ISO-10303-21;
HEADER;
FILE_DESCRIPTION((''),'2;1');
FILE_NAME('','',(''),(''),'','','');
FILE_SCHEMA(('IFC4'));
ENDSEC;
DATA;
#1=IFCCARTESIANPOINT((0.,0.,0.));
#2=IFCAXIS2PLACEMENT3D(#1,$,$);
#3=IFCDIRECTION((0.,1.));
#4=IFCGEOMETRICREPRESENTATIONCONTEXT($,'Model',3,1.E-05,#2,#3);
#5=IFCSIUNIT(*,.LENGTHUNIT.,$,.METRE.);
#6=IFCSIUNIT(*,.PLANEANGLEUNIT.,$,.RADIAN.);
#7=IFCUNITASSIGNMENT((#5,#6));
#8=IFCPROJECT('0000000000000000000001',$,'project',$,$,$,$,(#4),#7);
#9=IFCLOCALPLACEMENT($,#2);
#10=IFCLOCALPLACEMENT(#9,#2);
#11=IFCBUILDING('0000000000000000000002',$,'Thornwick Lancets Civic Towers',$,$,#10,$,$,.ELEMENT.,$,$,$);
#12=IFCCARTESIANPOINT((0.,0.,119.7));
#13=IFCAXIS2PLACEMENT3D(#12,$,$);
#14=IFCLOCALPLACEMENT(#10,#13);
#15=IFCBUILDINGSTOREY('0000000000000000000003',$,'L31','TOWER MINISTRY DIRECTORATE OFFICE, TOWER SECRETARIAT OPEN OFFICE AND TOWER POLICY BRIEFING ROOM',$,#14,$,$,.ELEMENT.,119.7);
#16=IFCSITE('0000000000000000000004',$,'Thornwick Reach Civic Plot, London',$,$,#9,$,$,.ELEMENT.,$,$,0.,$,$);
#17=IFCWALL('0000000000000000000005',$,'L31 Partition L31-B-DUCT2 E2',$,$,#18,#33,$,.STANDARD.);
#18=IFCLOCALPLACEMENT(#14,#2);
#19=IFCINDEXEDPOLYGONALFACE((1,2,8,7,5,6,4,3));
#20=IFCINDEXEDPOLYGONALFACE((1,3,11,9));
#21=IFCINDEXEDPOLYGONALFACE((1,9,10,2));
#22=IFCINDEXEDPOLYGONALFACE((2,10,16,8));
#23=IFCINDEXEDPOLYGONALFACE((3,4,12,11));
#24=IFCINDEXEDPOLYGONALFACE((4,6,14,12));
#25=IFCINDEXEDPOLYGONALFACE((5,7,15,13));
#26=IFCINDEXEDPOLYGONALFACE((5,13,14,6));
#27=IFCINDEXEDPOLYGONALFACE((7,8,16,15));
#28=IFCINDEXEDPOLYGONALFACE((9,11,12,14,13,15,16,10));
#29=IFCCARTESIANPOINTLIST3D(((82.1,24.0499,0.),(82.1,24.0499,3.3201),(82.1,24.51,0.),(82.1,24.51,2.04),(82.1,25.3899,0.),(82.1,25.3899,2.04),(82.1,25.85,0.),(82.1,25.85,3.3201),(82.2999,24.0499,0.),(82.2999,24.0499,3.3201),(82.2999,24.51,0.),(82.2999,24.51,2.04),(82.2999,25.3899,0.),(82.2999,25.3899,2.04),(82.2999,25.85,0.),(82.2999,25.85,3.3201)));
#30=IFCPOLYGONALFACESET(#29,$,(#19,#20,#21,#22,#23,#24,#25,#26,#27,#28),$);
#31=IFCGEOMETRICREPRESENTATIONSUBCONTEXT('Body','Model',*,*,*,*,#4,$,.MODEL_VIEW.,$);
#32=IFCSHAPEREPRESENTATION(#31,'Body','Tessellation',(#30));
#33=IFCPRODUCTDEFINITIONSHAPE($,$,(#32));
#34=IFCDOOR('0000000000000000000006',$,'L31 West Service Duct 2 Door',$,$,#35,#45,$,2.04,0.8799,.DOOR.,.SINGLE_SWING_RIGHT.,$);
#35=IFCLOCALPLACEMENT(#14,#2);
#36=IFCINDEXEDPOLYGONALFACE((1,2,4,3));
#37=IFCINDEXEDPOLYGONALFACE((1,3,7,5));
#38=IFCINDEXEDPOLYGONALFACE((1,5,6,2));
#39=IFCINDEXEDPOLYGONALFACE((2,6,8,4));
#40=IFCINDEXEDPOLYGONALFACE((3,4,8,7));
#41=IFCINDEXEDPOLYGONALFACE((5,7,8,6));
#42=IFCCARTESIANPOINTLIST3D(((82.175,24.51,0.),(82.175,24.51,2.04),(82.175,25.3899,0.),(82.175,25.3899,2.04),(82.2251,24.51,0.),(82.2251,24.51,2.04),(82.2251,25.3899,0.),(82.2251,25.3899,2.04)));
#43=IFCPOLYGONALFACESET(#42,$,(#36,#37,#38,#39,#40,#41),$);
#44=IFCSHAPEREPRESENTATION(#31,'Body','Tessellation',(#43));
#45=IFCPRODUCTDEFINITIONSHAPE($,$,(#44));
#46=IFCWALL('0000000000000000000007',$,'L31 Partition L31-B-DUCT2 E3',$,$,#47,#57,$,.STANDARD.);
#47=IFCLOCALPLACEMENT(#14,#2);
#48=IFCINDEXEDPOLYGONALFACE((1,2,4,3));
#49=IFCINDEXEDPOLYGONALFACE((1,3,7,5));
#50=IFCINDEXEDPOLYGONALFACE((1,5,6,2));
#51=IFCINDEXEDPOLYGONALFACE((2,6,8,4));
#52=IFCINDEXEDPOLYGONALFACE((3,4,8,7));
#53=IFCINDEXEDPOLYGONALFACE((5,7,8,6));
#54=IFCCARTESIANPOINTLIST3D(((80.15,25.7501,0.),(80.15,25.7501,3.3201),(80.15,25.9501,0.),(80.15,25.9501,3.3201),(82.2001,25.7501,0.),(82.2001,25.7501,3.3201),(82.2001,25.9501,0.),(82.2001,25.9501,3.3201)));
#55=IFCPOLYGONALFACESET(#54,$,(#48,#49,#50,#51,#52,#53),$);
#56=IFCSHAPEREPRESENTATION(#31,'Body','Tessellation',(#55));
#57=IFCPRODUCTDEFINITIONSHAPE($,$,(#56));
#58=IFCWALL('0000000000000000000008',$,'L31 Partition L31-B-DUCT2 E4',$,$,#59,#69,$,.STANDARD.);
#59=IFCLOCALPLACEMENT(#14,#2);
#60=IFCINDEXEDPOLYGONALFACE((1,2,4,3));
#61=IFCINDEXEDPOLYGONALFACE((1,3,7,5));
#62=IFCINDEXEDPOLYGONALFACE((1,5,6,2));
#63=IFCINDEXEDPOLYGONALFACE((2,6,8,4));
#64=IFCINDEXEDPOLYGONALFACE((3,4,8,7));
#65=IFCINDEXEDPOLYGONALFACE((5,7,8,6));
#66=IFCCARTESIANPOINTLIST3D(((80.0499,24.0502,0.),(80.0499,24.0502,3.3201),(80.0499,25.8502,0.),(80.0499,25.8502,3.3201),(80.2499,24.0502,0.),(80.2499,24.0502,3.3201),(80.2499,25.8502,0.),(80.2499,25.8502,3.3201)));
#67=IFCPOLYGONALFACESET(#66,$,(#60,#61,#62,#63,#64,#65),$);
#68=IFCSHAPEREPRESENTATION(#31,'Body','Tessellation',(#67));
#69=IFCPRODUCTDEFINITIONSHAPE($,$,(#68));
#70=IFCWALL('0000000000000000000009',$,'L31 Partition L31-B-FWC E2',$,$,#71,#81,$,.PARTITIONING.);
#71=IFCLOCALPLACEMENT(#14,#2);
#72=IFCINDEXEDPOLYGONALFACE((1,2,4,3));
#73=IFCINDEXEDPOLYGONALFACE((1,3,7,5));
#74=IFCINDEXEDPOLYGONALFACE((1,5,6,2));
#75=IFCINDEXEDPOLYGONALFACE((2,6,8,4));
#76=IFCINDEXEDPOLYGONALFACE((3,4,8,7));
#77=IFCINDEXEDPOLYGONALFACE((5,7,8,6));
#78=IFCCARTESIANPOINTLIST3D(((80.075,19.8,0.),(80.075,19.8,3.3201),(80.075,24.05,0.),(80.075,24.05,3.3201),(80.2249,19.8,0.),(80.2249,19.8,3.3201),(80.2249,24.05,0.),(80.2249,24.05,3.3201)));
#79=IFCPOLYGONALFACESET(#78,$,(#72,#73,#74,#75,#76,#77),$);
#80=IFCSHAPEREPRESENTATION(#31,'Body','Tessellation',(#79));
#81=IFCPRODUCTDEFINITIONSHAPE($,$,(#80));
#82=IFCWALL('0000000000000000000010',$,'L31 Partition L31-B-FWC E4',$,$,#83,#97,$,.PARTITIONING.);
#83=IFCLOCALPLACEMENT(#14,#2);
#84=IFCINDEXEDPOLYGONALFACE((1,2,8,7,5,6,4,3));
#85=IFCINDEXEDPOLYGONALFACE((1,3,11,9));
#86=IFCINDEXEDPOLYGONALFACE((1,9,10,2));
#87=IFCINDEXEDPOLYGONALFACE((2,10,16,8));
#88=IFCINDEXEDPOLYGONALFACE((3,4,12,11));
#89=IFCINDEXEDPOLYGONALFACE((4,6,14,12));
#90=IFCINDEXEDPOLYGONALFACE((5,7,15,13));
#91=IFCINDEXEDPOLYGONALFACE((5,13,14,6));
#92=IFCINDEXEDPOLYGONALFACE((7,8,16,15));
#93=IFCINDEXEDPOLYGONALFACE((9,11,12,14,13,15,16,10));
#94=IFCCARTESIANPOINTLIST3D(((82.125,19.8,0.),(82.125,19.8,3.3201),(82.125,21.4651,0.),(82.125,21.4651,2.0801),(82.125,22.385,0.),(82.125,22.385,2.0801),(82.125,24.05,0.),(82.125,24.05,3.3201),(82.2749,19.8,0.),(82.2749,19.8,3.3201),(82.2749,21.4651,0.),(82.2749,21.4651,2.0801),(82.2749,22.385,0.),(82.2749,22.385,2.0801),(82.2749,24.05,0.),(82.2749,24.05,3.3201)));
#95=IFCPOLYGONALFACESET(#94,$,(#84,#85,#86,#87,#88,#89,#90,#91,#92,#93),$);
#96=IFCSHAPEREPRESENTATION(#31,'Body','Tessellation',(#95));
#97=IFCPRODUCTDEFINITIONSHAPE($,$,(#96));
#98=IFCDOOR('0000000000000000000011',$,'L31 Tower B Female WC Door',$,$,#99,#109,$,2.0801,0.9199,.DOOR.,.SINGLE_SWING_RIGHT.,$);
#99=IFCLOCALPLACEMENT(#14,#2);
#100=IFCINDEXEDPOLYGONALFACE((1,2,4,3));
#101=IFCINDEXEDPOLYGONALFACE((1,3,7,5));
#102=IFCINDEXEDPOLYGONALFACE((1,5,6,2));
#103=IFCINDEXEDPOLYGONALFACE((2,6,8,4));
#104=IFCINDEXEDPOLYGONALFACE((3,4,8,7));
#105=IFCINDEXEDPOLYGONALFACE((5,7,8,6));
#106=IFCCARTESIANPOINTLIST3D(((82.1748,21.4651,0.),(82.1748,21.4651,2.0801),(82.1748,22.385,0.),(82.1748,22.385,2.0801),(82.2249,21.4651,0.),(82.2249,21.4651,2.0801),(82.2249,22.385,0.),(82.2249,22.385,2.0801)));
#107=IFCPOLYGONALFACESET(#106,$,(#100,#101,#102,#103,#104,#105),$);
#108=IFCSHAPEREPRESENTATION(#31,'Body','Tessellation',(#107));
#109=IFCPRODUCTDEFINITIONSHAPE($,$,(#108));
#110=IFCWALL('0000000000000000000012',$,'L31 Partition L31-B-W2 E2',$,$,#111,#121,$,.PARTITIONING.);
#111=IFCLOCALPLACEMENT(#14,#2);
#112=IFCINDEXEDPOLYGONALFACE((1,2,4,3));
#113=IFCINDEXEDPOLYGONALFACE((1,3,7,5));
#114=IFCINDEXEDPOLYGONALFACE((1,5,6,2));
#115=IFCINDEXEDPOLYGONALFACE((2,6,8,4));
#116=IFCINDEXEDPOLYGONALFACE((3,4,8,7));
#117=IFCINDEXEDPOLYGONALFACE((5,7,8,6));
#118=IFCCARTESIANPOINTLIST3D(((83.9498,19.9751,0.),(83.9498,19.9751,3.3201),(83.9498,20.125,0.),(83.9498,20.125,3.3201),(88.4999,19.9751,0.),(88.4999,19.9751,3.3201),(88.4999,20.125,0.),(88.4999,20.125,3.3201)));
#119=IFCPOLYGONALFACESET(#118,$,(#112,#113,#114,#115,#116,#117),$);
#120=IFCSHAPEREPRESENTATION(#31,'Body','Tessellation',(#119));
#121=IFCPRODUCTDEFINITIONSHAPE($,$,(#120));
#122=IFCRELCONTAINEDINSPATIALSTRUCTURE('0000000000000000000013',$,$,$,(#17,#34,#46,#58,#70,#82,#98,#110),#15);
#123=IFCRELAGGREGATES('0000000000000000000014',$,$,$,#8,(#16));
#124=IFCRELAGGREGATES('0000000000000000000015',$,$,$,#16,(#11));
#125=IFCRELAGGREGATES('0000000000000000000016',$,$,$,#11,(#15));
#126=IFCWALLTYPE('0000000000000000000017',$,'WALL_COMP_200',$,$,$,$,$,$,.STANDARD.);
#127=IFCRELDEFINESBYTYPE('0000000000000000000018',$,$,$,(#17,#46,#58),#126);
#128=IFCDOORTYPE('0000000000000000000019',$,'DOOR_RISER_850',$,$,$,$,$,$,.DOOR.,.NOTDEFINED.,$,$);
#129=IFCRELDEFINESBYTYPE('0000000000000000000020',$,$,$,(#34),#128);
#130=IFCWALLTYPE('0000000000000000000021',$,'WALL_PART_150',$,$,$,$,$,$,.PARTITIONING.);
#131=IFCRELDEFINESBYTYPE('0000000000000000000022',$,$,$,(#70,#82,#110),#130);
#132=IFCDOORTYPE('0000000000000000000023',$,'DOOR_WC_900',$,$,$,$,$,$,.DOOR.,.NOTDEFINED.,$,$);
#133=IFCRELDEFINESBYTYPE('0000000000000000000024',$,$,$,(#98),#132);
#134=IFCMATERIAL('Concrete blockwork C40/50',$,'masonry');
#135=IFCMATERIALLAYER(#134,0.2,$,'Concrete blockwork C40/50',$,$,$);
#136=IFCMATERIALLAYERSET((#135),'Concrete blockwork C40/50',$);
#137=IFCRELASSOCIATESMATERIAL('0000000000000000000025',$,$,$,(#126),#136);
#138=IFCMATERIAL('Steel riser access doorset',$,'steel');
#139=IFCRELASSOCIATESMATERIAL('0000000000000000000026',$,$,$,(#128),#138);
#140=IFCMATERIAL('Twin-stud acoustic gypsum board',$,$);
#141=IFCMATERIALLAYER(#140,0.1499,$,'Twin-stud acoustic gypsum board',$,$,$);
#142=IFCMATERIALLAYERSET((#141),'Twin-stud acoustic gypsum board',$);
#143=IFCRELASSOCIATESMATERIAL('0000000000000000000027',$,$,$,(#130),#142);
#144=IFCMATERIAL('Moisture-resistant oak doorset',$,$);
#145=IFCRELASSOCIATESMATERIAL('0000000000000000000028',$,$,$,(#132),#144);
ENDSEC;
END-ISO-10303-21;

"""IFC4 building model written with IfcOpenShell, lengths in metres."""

from ifc_helpers import new_model, si_unit, direction, frame, frame_2d, origin, place, context, subcontext, project, spatial, rectangle, extrude, material, layer, layer_set, type_object, element, fill, save


model = new_model("IFC4")

# Units and contexts
model_context = context("Model", 3, precision=1e-05, world=origin(), true_north=direction((0.0, 1.0)))
body_context = subcontext(model_context, "Body", "Model", "MODEL_VIEW")
ifc_project = project(units=[si_unit("LENGTHUNIT", "METRE"), si_unit("PLANEANGLEUNIT", "RADIAN")], contexts=[model_context])

# Site, building, storey
site_placement = place(None, origin())
site = spatial("IfcSite", under=ifc_project, at=site_placement, Name="Thornwick Reach Civic Plot, London", CompositionType="ELEMENT", RefElevation=0.0)
building_placement = place(site_placement, origin())
building = spatial("IfcBuilding", under=site, at=building_placement, Name="Thornwick Lancets Civic Towers", CompositionType="ELEMENT")
storey_placement = place(building_placement, frame((0.0, 0.0, 119.7)))
storey = spatial("IfcBuildingStorey", under=building, at=storey_placement, Name="L31", Description="TOWER MINISTRY DIRECTORATE OFFICE, TOWER SECRETARIAT OPEN OFFICE AND TOWER POLICY BRIEFING ROOM", CompositionType="ELEMENT", Elevation=119.7)

# Shared definitions
ifc_material_1 = material(Name="Concrete blockwork C40/50", Category="masonry")
ifc_layer_1 = layer(ifc_material_1, 0.2, Name="Concrete blockwork C40/50")
ifc_layer_set_1 = layer_set([ifc_layer_1], Name="Concrete blockwork C40/50")
wall_type_1 = type_object("IfcWallType", Name="WALL_COMP_200", PredefinedType="STANDARD", material=ifc_layer_set_1)

# Wall, opening, door
wall_1_placement = place(storey_placement, frame((82.2, 24.05, 0.0), z_axis=(0.0, 0.0, 1.0), x_axis=(0.0, 1.0, 0.0)))
wall_1 = element("IfcWall", 1, at=wall_1_placement, inside=storey, type_object=wall_type_1, Name="L31 Partition L31-B-DUCT2 E2", PredefinedType="STANDARD", context=body_context, shape_type="SweptSolid", body=[
    extrude(rectangle(XDim=1.8, YDim=0.2, at=frame_2d((0.8999, 0.0))), origin(), (0.0, 0.0, 1.0), 3.3201),
])
opening_1_placement = place(wall_1_placement, frame((0.46, 0.0, 0.0)))
opening_1 = element("IfcOpeningElement", 2, at=opening_1_placement, cuts=wall_1, PredefinedType="OPENING", context=body_context, shape_type="SweptSolid", body=[
    extrude(rectangle(XDim=0.8799, YDim=2.04, at=frame_2d((0.4399, 1.02))), frame((0.0, 0.1099, 0.0), z_axis=(0.0, -1.0, 0.0), x_axis=(1.0, 0.0, 0.0)), (0.0, 0.0, 1.0), 0.22),
])
ifc_material_2 = material(Name="Steel riser access doorset", Category="steel")
door_type_1 = type_object("IfcDoorType", Name="DOOR_RISER_850", OperationType="NOTDEFINED", PredefinedType="DOOR", material=ifc_material_2)
door_1_placement = place(opening_1_placement, origin())
door_1 = element("IfcDoor", 3, at=door_1_placement, inside=storey, type_object=door_type_1, Name="L31 West Service Duct 2 Door", OperationType="SINGLE_SWING_RIGHT", OverallHeight=2.04, OverallWidth=0.8799, PredefinedType="DOOR", context=body_context, shape_type="SweptSolid", body=[
    extrude(rectangle(XDim=0.8799, YDim=2.04, at=frame_2d((0.4399, 1.02))), frame((0.0, 0.0249, 0.0), z_axis=(0.0, -1.0, 0.0), x_axis=(1.0, 0.0, 0.0)), (0.0, 0.0, 1.0), 0.05),
])
fill(opening_1, door_1)

# Walls
wall_2_placement = place(storey_placement, frame((82.2, 25.8501, 0.0), z_axis=(0.0, 0.0, 1.0), x_axis=(-1.0, 0.0, 0.0)))
element("IfcWall", 4, at=wall_2_placement, inside=storey, type_object=wall_type_1, Name="L31 Partition L31-B-DUCT2 E3", PredefinedType="STANDARD", context=body_context, shape_type="SweptSolid", body=[
    extrude(rectangle(XDim=2.05, YDim=0.2, at=frame_2d((1.0249, 0.0))), origin(), (0.0, 0.0, 1.0), 3.3201),
])
wall_3_placement = place(storey_placement, frame((80.1499, 25.8501, 0.0), z_axis=(0.0, 0.0, 1.0), x_axis=(0.0, -1.0, 0.0)))
element("IfcWall", 5, at=wall_3_placement, inside=storey, type_object=wall_type_1, Name="L31 Partition L31-B-DUCT2 E4", PredefinedType="STANDARD", context=body_context, shape_type="SweptSolid", body=[
    extrude(rectangle(XDim=1.8, YDim=0.2, at=frame_2d((0.8999, 0.0))), origin(), (0.0, 0.0, 1.0), 3.3201),
])
ifc_material_3 = material(Name="Twin-stud acoustic gypsum board")
ifc_layer_2 = layer(ifc_material_3, 0.1499, Name="Twin-stud acoustic gypsum board")
ifc_layer_set_2 = layer_set([ifc_layer_2], Name="Twin-stud acoustic gypsum board")
wall_type_2 = type_object("IfcWallType", Name="WALL_PART_150", PredefinedType="PARTITIONING", material=ifc_layer_set_2)
wall_4_placement = place(storey_placement, frame((80.1499, 19.8, 0.0), z_axis=(0.0, 0.0, 1.0), x_axis=(0.0, 1.0, 0.0)))
element("IfcWall", 6, at=wall_4_placement, inside=storey, type_object=wall_type_2, Name="L31 Partition L31-B-FWC E2", PredefinedType="PARTITIONING", context=body_context, shape_type="SweptSolid", body=[
    extrude(rectangle(XDim=4.25, YDim=0.1499, at=frame_2d((2.125, 0.0))), origin(), (0.0, 0.0, 1.0), 3.3201),
])

# Wall, opening, door
wall_5_placement = place(storey_placement, frame((82.2, 24.05, 0.0), z_axis=(0.0, 0.0, 1.0), x_axis=(0.0, -1.0, 0.0)))
wall_5 = element("IfcWall", 7, at=wall_5_placement, inside=storey, type_object=wall_type_2, Name="L31 Partition L31-B-FWC E4", PredefinedType="PARTITIONING", context=body_context, shape_type="SweptSolid", body=[
    extrude(rectangle(XDim=4.25, YDim=0.1499, at=frame_2d((2.125, 0.0))), origin(), (0.0, 0.0, 1.0), 3.3201),
])
opening_2_placement = place(wall_5_placement, frame((1.665, 0.0, 0.0)))
opening_2 = element("IfcOpeningElement", 8, at=opening_2_placement, cuts=wall_5, PredefinedType="OPENING", context=body_context, shape_type="SweptSolid", body=[
    extrude(rectangle(XDim=0.9199, YDim=2.0801, at=frame_2d((0.46, 1.04))), frame((0.0, 0.085, 0.0), z_axis=(0.0, -1.0, 0.0), x_axis=(1.0, 0.0, 0.0)), (0.0, 0.0, 1.0), 0.1699),
])
ifc_material_4 = material(Name="Moisture-resistant oak doorset")
door_type_2 = type_object("IfcDoorType", Name="DOOR_WC_900", OperationType="NOTDEFINED", PredefinedType="DOOR", material=ifc_material_4)
door_2_placement = place(opening_2_placement, origin())
door_2 = element("IfcDoor", 9, at=door_2_placement, inside=storey, type_object=door_type_2, Name="L31 Tower B Female WC Door", OperationType="SINGLE_SWING_RIGHT", OverallHeight=2.0801, OverallWidth=0.9199, PredefinedType="DOOR", context=body_context, shape_type="SweptSolid", body=[
    extrude(rectangle(XDim=0.9199, YDim=2.0801, at=frame_2d((0.46, 1.04))), frame((0.0, 0.0249, 0.0), z_axis=(0.0, -1.0, 0.0), x_axis=(1.0, 0.0, 0.0)), (0.0, 0.0, 1.0), 0.05),
])
fill(opening_2, door_2)

# Wall
wall_6_placement = place(storey_placement, frame((83.95, 20.05, 0.0), z_axis=(0.0, 0.0, 1.0), x_axis=(1.0, 0.0, 0.0)))
element("IfcWall", 10, at=wall_6_placement, inside=storey, type_object=wall_type_2, Name="L31 Partition L31-B-W2 E2", PredefinedType="PARTITIONING", context=body_context, shape_type="SweptSolid", body=[
    extrude(rectangle(XDim=4.55, YDim=0.1499, at=frame_2d((2.2749, 0.0))), origin(), (0.0, 0.0, 1.0), 3.3201),
])

save(model, "model.ifc")
